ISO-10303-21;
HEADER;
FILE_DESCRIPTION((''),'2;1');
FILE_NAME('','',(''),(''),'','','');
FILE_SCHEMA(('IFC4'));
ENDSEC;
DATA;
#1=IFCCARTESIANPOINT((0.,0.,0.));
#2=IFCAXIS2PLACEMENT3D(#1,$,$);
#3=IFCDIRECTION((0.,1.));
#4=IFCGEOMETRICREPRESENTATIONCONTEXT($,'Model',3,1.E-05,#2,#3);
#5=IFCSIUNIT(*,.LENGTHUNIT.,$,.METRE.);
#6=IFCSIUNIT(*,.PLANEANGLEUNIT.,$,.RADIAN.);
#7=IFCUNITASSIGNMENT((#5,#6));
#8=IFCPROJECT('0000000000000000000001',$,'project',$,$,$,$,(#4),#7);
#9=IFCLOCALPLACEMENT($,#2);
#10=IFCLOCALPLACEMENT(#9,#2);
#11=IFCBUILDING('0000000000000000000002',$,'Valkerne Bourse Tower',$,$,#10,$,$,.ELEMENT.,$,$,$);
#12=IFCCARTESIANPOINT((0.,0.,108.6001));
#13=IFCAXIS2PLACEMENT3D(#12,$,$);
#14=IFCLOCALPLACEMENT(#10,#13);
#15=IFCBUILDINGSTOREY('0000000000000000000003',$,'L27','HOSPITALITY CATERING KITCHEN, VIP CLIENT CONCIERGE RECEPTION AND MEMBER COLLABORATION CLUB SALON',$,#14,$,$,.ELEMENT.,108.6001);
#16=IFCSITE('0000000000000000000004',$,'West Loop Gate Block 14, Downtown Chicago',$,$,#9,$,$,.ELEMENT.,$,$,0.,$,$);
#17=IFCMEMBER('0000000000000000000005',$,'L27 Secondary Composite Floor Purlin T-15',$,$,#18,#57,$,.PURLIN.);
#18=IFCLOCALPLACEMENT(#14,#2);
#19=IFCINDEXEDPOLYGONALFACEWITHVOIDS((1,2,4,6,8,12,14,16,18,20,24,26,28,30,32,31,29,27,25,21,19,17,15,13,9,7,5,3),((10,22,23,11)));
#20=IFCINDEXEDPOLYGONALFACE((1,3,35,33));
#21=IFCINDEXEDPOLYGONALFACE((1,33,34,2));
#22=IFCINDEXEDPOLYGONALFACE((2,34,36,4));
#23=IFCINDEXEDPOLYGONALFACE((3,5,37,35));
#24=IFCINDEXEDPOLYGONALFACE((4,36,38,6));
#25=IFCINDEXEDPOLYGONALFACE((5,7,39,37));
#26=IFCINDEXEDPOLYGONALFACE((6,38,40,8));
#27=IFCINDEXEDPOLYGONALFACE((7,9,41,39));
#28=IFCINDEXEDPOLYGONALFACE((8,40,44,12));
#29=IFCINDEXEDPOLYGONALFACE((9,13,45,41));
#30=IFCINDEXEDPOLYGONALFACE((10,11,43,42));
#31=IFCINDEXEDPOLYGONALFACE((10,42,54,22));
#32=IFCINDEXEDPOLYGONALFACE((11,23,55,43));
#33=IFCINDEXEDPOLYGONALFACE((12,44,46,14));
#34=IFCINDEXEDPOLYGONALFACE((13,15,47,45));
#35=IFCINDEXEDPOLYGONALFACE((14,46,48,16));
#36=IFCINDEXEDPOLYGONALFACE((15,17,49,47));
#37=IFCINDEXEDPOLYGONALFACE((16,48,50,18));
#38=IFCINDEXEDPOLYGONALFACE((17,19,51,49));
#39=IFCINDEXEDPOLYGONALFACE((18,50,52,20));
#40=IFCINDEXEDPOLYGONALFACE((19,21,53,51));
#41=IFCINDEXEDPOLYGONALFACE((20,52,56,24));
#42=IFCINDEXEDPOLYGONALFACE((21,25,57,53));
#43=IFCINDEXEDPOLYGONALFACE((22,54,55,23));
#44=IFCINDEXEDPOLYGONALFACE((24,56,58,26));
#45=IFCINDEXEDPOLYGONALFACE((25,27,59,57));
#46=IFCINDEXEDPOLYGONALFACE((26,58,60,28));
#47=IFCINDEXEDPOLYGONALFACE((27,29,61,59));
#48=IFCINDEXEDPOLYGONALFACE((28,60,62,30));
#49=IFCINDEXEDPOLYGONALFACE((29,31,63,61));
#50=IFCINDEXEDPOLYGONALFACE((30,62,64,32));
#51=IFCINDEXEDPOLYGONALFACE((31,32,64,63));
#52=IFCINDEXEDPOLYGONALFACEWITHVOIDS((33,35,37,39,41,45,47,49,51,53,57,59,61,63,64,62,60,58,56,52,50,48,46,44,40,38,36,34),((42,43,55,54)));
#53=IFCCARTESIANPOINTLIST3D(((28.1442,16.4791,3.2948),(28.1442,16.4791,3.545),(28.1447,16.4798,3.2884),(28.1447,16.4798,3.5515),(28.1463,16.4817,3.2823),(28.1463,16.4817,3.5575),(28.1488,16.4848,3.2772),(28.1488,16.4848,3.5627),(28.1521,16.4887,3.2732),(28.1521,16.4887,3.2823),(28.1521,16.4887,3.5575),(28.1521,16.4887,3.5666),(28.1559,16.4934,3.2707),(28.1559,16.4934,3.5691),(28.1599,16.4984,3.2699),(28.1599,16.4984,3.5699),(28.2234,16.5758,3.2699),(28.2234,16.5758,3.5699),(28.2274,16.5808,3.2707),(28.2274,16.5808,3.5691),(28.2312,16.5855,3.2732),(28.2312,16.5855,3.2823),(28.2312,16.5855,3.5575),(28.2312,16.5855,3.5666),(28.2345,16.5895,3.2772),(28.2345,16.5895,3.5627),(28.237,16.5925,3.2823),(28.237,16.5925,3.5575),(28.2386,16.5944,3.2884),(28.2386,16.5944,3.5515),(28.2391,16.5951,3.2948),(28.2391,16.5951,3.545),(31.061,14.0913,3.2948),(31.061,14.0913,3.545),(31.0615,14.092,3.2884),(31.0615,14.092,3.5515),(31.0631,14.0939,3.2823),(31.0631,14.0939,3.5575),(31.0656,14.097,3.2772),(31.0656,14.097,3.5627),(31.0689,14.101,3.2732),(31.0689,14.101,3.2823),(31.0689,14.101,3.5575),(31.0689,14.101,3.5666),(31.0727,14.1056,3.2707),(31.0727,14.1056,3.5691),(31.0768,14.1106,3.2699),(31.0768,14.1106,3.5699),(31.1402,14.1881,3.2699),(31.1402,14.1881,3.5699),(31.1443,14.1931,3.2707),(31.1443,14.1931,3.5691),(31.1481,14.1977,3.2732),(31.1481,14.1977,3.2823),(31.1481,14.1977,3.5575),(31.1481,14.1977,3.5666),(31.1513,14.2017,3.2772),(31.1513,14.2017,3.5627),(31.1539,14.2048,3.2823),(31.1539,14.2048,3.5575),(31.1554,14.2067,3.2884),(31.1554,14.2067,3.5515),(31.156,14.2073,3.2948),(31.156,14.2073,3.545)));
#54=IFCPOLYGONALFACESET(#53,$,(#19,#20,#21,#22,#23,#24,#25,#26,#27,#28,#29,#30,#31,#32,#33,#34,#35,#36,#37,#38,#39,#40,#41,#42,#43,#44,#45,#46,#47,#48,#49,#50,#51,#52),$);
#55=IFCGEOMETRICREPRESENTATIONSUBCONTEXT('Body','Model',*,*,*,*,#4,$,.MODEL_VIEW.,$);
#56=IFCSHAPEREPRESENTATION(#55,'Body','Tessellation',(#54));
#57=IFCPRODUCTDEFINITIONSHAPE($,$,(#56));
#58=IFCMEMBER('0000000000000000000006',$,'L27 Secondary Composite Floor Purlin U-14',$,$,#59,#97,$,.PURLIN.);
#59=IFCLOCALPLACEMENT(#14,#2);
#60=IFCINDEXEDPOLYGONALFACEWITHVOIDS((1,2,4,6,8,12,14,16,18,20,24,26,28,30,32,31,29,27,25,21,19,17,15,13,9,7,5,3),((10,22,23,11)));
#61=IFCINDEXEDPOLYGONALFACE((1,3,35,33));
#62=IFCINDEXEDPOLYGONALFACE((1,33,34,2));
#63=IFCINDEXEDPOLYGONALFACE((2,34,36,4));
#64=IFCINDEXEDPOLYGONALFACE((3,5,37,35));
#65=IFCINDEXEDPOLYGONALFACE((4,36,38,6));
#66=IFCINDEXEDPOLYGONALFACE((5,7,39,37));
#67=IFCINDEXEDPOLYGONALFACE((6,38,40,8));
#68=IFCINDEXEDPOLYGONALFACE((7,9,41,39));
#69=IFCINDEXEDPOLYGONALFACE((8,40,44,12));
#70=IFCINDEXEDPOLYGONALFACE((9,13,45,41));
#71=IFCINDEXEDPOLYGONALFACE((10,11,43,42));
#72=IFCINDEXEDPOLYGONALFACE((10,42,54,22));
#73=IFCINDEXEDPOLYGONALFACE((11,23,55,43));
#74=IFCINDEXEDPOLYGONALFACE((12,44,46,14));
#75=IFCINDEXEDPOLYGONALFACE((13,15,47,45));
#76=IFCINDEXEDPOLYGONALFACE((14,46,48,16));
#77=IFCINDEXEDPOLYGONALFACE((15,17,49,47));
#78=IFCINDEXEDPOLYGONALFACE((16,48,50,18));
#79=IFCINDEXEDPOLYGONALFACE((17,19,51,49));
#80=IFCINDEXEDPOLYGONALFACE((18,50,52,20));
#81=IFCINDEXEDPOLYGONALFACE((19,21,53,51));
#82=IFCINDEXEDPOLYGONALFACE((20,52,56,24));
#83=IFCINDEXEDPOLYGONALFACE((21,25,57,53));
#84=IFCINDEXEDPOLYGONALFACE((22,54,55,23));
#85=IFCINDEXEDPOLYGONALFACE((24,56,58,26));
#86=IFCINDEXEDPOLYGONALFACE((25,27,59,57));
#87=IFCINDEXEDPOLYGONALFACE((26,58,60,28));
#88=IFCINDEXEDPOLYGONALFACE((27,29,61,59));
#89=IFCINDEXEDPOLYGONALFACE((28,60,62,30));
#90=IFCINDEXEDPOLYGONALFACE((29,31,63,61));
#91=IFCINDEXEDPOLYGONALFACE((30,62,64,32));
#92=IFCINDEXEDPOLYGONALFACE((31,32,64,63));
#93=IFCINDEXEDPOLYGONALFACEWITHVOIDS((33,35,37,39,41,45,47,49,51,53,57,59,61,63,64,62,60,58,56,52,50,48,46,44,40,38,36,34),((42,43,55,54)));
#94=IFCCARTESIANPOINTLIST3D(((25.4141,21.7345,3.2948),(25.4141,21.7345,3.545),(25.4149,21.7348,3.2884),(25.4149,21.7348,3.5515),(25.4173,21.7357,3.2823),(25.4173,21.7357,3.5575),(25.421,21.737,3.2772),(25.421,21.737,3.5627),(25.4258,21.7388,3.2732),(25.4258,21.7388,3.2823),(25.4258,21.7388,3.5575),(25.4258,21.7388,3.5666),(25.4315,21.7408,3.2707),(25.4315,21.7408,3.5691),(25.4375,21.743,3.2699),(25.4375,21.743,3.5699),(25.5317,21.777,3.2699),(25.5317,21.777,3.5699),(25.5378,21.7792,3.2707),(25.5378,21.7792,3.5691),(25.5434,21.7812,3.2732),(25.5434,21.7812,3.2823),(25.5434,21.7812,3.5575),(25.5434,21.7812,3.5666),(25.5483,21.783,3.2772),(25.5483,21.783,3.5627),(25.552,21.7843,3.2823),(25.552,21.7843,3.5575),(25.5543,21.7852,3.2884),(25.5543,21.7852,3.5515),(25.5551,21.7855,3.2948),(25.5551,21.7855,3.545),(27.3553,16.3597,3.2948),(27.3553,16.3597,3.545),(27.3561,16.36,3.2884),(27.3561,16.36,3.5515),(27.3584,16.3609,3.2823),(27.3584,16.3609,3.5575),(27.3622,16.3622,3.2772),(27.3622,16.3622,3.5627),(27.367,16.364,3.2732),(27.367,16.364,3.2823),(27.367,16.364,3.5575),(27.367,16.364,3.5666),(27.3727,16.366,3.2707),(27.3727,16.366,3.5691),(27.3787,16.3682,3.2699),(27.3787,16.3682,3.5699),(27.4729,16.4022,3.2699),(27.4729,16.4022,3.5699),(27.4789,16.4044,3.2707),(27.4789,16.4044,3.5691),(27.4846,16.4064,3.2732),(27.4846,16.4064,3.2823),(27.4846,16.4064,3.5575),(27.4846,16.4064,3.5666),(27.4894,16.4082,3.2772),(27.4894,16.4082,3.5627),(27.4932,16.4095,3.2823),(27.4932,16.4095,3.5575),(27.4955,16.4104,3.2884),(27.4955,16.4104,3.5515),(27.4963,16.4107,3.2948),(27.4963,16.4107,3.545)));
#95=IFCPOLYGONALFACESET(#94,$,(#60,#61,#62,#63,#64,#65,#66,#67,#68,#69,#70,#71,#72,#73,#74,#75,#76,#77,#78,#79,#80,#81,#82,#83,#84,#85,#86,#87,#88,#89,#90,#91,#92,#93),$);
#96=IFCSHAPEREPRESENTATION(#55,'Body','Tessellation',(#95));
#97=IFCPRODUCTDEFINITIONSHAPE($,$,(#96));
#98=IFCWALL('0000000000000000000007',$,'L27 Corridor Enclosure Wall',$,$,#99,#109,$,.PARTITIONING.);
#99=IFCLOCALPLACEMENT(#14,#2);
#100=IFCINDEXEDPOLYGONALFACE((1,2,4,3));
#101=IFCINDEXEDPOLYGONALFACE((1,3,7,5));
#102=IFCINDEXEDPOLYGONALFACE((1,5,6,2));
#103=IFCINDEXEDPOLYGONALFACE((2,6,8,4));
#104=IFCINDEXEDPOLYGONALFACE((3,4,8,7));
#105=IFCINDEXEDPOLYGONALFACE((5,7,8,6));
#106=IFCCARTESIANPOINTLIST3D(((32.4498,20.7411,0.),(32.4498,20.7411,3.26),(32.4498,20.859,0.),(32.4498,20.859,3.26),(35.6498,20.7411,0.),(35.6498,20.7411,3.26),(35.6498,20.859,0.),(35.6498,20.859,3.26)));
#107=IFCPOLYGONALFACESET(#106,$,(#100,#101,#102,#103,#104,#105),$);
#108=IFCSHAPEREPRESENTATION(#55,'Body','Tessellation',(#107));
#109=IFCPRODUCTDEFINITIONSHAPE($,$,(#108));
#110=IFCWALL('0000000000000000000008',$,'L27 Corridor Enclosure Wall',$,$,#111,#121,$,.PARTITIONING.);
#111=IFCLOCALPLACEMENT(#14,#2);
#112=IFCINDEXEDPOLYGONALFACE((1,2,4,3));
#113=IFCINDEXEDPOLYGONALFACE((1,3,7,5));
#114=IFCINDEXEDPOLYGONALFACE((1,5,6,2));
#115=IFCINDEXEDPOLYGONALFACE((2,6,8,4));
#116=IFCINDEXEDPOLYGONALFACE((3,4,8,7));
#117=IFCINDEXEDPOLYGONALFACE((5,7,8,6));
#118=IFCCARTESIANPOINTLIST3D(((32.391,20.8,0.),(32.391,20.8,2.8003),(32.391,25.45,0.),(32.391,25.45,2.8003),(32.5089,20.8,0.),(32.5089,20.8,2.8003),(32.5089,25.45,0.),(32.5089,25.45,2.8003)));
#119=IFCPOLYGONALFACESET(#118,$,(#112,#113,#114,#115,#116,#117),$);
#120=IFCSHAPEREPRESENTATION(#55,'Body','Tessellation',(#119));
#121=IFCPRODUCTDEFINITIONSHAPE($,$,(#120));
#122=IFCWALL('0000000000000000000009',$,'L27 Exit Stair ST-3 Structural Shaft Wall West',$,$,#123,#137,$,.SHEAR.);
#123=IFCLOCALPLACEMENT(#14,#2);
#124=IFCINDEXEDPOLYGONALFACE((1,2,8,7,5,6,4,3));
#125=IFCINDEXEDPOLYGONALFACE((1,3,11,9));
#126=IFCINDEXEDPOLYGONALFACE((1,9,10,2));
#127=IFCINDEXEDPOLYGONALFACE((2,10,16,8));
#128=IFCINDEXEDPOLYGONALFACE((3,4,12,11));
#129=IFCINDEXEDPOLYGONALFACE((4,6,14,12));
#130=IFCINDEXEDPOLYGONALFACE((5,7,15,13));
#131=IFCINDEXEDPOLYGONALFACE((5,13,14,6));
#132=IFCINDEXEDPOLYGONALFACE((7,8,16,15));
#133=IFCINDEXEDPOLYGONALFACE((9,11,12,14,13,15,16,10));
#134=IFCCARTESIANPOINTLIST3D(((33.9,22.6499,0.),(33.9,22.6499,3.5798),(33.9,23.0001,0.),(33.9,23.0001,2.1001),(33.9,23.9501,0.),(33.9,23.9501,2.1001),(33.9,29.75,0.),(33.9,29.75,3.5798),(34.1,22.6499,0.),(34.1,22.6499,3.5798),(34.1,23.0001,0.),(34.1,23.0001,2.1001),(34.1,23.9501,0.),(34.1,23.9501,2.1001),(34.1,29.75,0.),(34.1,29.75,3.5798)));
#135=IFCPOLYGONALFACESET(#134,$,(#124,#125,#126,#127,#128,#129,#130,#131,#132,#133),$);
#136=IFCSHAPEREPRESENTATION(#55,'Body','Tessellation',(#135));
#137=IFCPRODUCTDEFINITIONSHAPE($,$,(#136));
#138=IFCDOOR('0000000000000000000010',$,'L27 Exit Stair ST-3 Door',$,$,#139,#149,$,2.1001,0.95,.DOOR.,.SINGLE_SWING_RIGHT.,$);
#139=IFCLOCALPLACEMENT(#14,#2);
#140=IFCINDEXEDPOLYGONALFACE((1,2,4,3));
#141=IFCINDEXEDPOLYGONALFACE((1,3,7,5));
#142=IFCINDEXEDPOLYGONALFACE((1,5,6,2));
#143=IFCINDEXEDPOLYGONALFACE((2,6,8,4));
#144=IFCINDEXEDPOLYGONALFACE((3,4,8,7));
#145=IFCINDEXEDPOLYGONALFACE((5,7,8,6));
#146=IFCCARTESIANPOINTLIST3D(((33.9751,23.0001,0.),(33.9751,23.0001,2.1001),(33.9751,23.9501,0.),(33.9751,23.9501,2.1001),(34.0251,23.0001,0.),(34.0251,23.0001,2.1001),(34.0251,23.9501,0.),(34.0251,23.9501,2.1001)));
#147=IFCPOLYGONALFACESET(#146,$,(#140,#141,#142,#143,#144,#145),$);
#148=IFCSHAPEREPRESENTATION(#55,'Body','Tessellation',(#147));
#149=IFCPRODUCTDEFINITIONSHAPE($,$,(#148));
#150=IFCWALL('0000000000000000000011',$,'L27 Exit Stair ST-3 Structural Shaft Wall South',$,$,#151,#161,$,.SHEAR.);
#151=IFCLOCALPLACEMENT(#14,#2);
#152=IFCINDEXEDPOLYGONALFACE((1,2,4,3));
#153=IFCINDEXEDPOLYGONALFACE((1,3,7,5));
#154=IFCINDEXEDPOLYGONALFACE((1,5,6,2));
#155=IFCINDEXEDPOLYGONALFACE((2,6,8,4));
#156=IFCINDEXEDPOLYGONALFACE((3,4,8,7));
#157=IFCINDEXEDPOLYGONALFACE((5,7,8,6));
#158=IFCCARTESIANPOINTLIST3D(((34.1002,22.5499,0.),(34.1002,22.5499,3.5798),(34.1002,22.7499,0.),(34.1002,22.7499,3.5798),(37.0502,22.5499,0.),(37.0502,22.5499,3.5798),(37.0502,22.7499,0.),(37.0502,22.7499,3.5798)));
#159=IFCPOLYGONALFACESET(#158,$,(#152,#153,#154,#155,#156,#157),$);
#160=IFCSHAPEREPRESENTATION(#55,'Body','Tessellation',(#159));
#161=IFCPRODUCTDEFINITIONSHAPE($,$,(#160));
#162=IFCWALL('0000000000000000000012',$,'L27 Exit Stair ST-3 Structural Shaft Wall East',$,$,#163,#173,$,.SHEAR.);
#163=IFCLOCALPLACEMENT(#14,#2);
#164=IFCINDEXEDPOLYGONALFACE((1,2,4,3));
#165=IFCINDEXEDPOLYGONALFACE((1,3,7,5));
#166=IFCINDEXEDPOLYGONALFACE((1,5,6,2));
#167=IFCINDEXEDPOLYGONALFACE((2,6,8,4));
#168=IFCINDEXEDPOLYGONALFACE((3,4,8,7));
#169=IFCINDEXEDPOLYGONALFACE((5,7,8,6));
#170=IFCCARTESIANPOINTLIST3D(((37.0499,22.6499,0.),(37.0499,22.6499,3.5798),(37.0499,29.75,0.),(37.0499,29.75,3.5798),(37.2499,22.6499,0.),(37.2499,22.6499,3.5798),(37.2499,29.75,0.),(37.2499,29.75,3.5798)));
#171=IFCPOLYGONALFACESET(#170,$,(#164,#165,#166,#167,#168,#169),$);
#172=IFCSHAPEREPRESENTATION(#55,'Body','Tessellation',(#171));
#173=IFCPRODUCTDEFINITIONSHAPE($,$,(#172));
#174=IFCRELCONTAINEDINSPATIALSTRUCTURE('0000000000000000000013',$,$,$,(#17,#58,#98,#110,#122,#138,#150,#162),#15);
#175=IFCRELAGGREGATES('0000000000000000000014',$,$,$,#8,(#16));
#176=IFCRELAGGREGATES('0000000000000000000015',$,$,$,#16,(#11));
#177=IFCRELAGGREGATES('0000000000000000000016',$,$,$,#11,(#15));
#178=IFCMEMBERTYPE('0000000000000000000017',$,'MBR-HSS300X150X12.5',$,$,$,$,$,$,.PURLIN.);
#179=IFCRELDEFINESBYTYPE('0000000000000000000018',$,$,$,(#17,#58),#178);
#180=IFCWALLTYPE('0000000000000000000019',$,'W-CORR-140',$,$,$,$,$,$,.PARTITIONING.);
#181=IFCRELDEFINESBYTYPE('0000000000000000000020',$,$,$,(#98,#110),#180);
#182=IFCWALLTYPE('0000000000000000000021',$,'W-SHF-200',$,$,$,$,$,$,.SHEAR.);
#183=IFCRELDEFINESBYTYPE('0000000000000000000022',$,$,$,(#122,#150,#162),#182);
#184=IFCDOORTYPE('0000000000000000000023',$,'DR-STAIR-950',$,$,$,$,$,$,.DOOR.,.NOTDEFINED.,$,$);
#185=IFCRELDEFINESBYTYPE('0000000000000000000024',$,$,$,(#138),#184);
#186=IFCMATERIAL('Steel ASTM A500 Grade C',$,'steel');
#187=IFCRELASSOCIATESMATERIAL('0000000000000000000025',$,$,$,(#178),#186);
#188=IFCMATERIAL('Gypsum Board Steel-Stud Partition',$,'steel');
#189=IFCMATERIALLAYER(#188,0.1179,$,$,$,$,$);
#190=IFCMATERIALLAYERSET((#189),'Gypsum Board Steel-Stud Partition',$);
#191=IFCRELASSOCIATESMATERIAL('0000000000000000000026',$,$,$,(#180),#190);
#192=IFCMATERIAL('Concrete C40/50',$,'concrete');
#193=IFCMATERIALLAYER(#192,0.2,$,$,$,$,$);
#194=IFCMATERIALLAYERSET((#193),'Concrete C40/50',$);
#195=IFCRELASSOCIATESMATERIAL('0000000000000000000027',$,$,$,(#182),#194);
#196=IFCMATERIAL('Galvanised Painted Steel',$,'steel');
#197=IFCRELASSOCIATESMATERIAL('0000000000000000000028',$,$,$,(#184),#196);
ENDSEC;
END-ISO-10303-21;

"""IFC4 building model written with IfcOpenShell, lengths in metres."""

from ifc_helpers import new_model, si_unit, direction, frame, frame_2d, origin, origin_2d, place, context, subcontext, project, spatial, rectangle, hollow_rectangle, extrude, material, layer, layer_set, material_profile, profile_set, type_object, element, fill, save


model = new_model("IFC4")

# Units and contexts
model_context = context("Model", 3, precision=1e-05, world=origin(), true_north=direction((0.0, 1.0)))
body_context = subcontext(model_context, "Body", "Model", "MODEL_VIEW")
ifc_project = project(units=[si_unit("LENGTHUNIT", "METRE"), si_unit("PLANEANGLEUNIT", "RADIAN")], contexts=[model_context])

# Site, building, storey
site_placement = place(None, origin())
site = spatial("IfcSite", under=ifc_project, at=site_placement, Name="West Loop Gate Block 14, Downtown Chicago", CompositionType="ELEMENT", RefElevation=0.0)
building_placement = place(site_placement, origin())
building = spatial("IfcBuilding", under=site, at=building_placement, Name="Valkerne Bourse Tower", CompositionType="ELEMENT")
storey_placement = place(building_placement, frame((0.0, 0.0, 108.6001)))
storey = spatial("IfcBuildingStorey", under=building, at=storey_placement, Name="L27", Description="HOSPITALITY CATERING KITCHEN, VIP CLIENT CONCIERGE RECEPTION AND MEMBER COLLABORATION CLUB SALON", CompositionType="ELEMENT", Elevation=108.6001)

# Members
ifc_material_1 = material(Name="Steel ASTM A500 Grade C", Category="steel")
ifc_material_profile_1 = material_profile(ifc_material_1, hollow_rectangle(XDim=0.1499, YDim=0.3, WallThickness=0.0125, OuterFilletRadius=0.0249, at=origin_2d()), Name="HSS300X150X12.5")
ifc_profile_set_1 = profile_set([ifc_material_profile_1], Name="Steel ASTM A500 Grade C")
member_type_1 = type_object("IfcMemberType", Name="MBR-HSS300X150X12.5", PredefinedType="PURLIN", material=ifc_profile_set_1)
member_1_placement = place(storey_placement, frame((28.1917, 16.5371, 3.4199), z_axis=(0.773793, -0.633439, 0.0), x_axis=(0.633439, 0.773793, 0.0)))
element("IfcMember", 1, at=member_1_placement, inside=storey, type_object=member_type_1, Name="L27 Secondary Composite Floor Purlin T-15", PredefinedType="PURLIN", context=body_context, shape_type="SweptSolid", body=[
    extrude(hollow_rectangle(XDim=0.1499, YDim=0.3, WallThickness=0.0125, OuterFilletRadius=0.0249, at=origin_2d()), origin(), (0.0, 0.0, 1.0), 3.7695),
])
member_2_placement = place(storey_placement, frame((25.4846, 21.76, 3.4199), z_axis=(0.339688, -0.940538, 0.0), x_axis=(0.940538, 0.339688, 0.0)))
element("IfcMember", 2, at=member_2_placement, inside=storey, type_object=member_type_1, Name="L27 Secondary Composite Floor Purlin U-14", PredefinedType="PURLIN", context=body_context, shape_type="SweptSolid", body=[
    extrude(hollow_rectangle(XDim=0.1499, YDim=0.3, WallThickness=0.0125, OuterFilletRadius=0.0249, at=origin_2d()), origin(), (0.0, 0.0, 1.0), 5.7146),
])

# Shared definitions
ifc_material_2 = material(Name="Galvanised Painted Steel", Category="steel")

# Walls
ifc_material_3 = material(Name="Gypsum Board Steel-Stud Partition", Category="steel")
ifc_layer_1 = layer(ifc_material_3, 0.1179)
ifc_layer_set_1 = layer_set([ifc_layer_1], Name="Gypsum Board Steel-Stud Partition")
wall_type_1 = type_object("IfcWallType", Name="W-CORR-140", PredefinedType="PARTITIONING", material=ifc_layer_set_1)
wall_1_placement = place(storey_placement, frame((35.6499, 20.8, 0.0), z_axis=(0.0, 0.0, 1.0), x_axis=(-1.0, 0.0, 0.0)))
element("IfcWall", 3, at=wall_1_placement, inside=storey, type_object=wall_type_1, Name="L27 Corridor Enclosure Wall", PredefinedType="PARTITIONING", context=body_context, shape_type="SweptSolid", body=[
    extrude(rectangle(XDim=3.2, YDim=0.1179, at=frame_2d((1.6001, 0.0))), origin(), (0.0, 0.0, 1.0), 3.26),
])
wall_2_placement = place(storey_placement, frame((32.45, 20.8, 0.0), z_axis=(0.0, 0.0, 1.0), x_axis=(0.0, 1.0, 0.0)))
element("IfcWall", 4, at=wall_2_placement, inside=storey, type_object=wall_type_1, Name="L27 Corridor Enclosure Wall", PredefinedType="PARTITIONING", context=body_context, shape_type="SweptSolid", body=[
    extrude(rectangle(XDim=4.6499, YDim=0.1179, at=frame_2d((2.325, 0.0))), origin(), (0.0, 0.0, 1.0), 2.8003),
])

# Wall, opening, door
ifc_material_4 = material(Name="Concrete C40/50", Category="concrete")
ifc_layer_2 = layer(ifc_material_4, 0.2)
ifc_layer_set_2 = layer_set([ifc_layer_2], Name="Concrete C40/50")
wall_type_2 = type_object("IfcWallType", Name="W-SHF-200", PredefinedType="SHEAR", material=ifc_layer_set_2)
wall_3_placement = place(storey_placement, frame((34.0, 22.6499, 0.0), z_axis=(0.0, 0.0, 1.0), x_axis=(0.0, 1.0, 0.0)))
wall_3 = element("IfcWall", 5, at=wall_3_placement, inside=storey, type_object=wall_type_2, Name="L27 Exit Stair ST-3 Structural Shaft Wall West", PredefinedType="SHEAR", context=body_context, shape_type="SweptSolid", body=[
    extrude(rectangle(XDim=7.1001, YDim=0.2, at=frame_2d((3.55, 0.0))), origin(), (0.0, 0.0, 1.0), 3.5798),
])
opening_1_placement = place(wall_3_placement, frame((0.3501, 0.0, 0.0)))
opening_1 = element("IfcOpeningElement", 6, at=opening_1_placement, cuts=wall_3, PredefinedType="OPENING", context=body_context, shape_type="SweptSolid", body=[
    extrude(rectangle(XDim=0.95, YDim=2.1001, at=frame_2d((0.4751, 1.05))), frame((0.0, 0.1099, 0.0), z_axis=(0.0, -1.0, 0.0), x_axis=(1.0, 0.0, 0.0)), (0.0, 0.0, 1.0), 0.22),
])
door_type_1 = type_object("IfcDoorType", Name="DR-STAIR-950", OperationType="NOTDEFINED", PredefinedType="DOOR", material=ifc_material_2)
door_1_placement = place(opening_1_placement, origin())
door_1 = element("IfcDoor", 7, at=door_1_placement, inside=storey, type_object=door_type_1, Name="L27 Exit Stair ST-3 Door", OperationType="SINGLE_SWING_RIGHT", OverallHeight=2.1001, OverallWidth=0.95, PredefinedType="DOOR", context=body_context, shape_type="SweptSolid", body=[
    extrude(rectangle(XDim=0.95, YDim=2.1001, at=frame_2d((0.4751, 1.05))), frame((0.0, 0.0249, 0.0), z_axis=(0.0, -1.0, 0.0), x_axis=(1.0, 0.0, 0.0)), (0.0, 0.0, 1.0), 0.05),
])
fill(opening_1, door_1)

# Walls
wall_4_placement = place(storey_placement, frame((34.1001, 22.6499, 0.0), z_axis=(0.0, 0.0, 1.0), x_axis=(1.0, 0.0, 0.0)))
element("IfcWall", 8, at=wall_4_placement, inside=storey, type_object=wall_type_2, Name="L27 Exit Stair ST-3 Structural Shaft Wall South", PredefinedType="SHEAR", context=body_context, shape_type="SweptSolid", body=[
    extrude(rectangle(XDim=2.95, YDim=0.2, at=frame_2d((1.4751, 0.0))), origin(), (0.0, 0.0, 1.0), 3.5798),
])
wall_5_placement = place(storey_placement, frame((37.1499, 22.6499, 0.0), z_axis=(0.0, 0.0, 1.0), x_axis=(0.0, 1.0, 0.0)))
element("IfcWall", 9, at=wall_5_placement, inside=storey, type_object=wall_type_2, Name="L27 Exit Stair ST-3 Structural Shaft Wall East", PredefinedType="SHEAR", context=body_context, shape_type="SweptSolid", body=[
    extrude(rectangle(XDim=7.1001, YDim=0.2, at=frame_2d((3.55, 0.0))), origin(), (0.0, 0.0, 1.0), 3.5798),
])

save(model, "model.ifc")
